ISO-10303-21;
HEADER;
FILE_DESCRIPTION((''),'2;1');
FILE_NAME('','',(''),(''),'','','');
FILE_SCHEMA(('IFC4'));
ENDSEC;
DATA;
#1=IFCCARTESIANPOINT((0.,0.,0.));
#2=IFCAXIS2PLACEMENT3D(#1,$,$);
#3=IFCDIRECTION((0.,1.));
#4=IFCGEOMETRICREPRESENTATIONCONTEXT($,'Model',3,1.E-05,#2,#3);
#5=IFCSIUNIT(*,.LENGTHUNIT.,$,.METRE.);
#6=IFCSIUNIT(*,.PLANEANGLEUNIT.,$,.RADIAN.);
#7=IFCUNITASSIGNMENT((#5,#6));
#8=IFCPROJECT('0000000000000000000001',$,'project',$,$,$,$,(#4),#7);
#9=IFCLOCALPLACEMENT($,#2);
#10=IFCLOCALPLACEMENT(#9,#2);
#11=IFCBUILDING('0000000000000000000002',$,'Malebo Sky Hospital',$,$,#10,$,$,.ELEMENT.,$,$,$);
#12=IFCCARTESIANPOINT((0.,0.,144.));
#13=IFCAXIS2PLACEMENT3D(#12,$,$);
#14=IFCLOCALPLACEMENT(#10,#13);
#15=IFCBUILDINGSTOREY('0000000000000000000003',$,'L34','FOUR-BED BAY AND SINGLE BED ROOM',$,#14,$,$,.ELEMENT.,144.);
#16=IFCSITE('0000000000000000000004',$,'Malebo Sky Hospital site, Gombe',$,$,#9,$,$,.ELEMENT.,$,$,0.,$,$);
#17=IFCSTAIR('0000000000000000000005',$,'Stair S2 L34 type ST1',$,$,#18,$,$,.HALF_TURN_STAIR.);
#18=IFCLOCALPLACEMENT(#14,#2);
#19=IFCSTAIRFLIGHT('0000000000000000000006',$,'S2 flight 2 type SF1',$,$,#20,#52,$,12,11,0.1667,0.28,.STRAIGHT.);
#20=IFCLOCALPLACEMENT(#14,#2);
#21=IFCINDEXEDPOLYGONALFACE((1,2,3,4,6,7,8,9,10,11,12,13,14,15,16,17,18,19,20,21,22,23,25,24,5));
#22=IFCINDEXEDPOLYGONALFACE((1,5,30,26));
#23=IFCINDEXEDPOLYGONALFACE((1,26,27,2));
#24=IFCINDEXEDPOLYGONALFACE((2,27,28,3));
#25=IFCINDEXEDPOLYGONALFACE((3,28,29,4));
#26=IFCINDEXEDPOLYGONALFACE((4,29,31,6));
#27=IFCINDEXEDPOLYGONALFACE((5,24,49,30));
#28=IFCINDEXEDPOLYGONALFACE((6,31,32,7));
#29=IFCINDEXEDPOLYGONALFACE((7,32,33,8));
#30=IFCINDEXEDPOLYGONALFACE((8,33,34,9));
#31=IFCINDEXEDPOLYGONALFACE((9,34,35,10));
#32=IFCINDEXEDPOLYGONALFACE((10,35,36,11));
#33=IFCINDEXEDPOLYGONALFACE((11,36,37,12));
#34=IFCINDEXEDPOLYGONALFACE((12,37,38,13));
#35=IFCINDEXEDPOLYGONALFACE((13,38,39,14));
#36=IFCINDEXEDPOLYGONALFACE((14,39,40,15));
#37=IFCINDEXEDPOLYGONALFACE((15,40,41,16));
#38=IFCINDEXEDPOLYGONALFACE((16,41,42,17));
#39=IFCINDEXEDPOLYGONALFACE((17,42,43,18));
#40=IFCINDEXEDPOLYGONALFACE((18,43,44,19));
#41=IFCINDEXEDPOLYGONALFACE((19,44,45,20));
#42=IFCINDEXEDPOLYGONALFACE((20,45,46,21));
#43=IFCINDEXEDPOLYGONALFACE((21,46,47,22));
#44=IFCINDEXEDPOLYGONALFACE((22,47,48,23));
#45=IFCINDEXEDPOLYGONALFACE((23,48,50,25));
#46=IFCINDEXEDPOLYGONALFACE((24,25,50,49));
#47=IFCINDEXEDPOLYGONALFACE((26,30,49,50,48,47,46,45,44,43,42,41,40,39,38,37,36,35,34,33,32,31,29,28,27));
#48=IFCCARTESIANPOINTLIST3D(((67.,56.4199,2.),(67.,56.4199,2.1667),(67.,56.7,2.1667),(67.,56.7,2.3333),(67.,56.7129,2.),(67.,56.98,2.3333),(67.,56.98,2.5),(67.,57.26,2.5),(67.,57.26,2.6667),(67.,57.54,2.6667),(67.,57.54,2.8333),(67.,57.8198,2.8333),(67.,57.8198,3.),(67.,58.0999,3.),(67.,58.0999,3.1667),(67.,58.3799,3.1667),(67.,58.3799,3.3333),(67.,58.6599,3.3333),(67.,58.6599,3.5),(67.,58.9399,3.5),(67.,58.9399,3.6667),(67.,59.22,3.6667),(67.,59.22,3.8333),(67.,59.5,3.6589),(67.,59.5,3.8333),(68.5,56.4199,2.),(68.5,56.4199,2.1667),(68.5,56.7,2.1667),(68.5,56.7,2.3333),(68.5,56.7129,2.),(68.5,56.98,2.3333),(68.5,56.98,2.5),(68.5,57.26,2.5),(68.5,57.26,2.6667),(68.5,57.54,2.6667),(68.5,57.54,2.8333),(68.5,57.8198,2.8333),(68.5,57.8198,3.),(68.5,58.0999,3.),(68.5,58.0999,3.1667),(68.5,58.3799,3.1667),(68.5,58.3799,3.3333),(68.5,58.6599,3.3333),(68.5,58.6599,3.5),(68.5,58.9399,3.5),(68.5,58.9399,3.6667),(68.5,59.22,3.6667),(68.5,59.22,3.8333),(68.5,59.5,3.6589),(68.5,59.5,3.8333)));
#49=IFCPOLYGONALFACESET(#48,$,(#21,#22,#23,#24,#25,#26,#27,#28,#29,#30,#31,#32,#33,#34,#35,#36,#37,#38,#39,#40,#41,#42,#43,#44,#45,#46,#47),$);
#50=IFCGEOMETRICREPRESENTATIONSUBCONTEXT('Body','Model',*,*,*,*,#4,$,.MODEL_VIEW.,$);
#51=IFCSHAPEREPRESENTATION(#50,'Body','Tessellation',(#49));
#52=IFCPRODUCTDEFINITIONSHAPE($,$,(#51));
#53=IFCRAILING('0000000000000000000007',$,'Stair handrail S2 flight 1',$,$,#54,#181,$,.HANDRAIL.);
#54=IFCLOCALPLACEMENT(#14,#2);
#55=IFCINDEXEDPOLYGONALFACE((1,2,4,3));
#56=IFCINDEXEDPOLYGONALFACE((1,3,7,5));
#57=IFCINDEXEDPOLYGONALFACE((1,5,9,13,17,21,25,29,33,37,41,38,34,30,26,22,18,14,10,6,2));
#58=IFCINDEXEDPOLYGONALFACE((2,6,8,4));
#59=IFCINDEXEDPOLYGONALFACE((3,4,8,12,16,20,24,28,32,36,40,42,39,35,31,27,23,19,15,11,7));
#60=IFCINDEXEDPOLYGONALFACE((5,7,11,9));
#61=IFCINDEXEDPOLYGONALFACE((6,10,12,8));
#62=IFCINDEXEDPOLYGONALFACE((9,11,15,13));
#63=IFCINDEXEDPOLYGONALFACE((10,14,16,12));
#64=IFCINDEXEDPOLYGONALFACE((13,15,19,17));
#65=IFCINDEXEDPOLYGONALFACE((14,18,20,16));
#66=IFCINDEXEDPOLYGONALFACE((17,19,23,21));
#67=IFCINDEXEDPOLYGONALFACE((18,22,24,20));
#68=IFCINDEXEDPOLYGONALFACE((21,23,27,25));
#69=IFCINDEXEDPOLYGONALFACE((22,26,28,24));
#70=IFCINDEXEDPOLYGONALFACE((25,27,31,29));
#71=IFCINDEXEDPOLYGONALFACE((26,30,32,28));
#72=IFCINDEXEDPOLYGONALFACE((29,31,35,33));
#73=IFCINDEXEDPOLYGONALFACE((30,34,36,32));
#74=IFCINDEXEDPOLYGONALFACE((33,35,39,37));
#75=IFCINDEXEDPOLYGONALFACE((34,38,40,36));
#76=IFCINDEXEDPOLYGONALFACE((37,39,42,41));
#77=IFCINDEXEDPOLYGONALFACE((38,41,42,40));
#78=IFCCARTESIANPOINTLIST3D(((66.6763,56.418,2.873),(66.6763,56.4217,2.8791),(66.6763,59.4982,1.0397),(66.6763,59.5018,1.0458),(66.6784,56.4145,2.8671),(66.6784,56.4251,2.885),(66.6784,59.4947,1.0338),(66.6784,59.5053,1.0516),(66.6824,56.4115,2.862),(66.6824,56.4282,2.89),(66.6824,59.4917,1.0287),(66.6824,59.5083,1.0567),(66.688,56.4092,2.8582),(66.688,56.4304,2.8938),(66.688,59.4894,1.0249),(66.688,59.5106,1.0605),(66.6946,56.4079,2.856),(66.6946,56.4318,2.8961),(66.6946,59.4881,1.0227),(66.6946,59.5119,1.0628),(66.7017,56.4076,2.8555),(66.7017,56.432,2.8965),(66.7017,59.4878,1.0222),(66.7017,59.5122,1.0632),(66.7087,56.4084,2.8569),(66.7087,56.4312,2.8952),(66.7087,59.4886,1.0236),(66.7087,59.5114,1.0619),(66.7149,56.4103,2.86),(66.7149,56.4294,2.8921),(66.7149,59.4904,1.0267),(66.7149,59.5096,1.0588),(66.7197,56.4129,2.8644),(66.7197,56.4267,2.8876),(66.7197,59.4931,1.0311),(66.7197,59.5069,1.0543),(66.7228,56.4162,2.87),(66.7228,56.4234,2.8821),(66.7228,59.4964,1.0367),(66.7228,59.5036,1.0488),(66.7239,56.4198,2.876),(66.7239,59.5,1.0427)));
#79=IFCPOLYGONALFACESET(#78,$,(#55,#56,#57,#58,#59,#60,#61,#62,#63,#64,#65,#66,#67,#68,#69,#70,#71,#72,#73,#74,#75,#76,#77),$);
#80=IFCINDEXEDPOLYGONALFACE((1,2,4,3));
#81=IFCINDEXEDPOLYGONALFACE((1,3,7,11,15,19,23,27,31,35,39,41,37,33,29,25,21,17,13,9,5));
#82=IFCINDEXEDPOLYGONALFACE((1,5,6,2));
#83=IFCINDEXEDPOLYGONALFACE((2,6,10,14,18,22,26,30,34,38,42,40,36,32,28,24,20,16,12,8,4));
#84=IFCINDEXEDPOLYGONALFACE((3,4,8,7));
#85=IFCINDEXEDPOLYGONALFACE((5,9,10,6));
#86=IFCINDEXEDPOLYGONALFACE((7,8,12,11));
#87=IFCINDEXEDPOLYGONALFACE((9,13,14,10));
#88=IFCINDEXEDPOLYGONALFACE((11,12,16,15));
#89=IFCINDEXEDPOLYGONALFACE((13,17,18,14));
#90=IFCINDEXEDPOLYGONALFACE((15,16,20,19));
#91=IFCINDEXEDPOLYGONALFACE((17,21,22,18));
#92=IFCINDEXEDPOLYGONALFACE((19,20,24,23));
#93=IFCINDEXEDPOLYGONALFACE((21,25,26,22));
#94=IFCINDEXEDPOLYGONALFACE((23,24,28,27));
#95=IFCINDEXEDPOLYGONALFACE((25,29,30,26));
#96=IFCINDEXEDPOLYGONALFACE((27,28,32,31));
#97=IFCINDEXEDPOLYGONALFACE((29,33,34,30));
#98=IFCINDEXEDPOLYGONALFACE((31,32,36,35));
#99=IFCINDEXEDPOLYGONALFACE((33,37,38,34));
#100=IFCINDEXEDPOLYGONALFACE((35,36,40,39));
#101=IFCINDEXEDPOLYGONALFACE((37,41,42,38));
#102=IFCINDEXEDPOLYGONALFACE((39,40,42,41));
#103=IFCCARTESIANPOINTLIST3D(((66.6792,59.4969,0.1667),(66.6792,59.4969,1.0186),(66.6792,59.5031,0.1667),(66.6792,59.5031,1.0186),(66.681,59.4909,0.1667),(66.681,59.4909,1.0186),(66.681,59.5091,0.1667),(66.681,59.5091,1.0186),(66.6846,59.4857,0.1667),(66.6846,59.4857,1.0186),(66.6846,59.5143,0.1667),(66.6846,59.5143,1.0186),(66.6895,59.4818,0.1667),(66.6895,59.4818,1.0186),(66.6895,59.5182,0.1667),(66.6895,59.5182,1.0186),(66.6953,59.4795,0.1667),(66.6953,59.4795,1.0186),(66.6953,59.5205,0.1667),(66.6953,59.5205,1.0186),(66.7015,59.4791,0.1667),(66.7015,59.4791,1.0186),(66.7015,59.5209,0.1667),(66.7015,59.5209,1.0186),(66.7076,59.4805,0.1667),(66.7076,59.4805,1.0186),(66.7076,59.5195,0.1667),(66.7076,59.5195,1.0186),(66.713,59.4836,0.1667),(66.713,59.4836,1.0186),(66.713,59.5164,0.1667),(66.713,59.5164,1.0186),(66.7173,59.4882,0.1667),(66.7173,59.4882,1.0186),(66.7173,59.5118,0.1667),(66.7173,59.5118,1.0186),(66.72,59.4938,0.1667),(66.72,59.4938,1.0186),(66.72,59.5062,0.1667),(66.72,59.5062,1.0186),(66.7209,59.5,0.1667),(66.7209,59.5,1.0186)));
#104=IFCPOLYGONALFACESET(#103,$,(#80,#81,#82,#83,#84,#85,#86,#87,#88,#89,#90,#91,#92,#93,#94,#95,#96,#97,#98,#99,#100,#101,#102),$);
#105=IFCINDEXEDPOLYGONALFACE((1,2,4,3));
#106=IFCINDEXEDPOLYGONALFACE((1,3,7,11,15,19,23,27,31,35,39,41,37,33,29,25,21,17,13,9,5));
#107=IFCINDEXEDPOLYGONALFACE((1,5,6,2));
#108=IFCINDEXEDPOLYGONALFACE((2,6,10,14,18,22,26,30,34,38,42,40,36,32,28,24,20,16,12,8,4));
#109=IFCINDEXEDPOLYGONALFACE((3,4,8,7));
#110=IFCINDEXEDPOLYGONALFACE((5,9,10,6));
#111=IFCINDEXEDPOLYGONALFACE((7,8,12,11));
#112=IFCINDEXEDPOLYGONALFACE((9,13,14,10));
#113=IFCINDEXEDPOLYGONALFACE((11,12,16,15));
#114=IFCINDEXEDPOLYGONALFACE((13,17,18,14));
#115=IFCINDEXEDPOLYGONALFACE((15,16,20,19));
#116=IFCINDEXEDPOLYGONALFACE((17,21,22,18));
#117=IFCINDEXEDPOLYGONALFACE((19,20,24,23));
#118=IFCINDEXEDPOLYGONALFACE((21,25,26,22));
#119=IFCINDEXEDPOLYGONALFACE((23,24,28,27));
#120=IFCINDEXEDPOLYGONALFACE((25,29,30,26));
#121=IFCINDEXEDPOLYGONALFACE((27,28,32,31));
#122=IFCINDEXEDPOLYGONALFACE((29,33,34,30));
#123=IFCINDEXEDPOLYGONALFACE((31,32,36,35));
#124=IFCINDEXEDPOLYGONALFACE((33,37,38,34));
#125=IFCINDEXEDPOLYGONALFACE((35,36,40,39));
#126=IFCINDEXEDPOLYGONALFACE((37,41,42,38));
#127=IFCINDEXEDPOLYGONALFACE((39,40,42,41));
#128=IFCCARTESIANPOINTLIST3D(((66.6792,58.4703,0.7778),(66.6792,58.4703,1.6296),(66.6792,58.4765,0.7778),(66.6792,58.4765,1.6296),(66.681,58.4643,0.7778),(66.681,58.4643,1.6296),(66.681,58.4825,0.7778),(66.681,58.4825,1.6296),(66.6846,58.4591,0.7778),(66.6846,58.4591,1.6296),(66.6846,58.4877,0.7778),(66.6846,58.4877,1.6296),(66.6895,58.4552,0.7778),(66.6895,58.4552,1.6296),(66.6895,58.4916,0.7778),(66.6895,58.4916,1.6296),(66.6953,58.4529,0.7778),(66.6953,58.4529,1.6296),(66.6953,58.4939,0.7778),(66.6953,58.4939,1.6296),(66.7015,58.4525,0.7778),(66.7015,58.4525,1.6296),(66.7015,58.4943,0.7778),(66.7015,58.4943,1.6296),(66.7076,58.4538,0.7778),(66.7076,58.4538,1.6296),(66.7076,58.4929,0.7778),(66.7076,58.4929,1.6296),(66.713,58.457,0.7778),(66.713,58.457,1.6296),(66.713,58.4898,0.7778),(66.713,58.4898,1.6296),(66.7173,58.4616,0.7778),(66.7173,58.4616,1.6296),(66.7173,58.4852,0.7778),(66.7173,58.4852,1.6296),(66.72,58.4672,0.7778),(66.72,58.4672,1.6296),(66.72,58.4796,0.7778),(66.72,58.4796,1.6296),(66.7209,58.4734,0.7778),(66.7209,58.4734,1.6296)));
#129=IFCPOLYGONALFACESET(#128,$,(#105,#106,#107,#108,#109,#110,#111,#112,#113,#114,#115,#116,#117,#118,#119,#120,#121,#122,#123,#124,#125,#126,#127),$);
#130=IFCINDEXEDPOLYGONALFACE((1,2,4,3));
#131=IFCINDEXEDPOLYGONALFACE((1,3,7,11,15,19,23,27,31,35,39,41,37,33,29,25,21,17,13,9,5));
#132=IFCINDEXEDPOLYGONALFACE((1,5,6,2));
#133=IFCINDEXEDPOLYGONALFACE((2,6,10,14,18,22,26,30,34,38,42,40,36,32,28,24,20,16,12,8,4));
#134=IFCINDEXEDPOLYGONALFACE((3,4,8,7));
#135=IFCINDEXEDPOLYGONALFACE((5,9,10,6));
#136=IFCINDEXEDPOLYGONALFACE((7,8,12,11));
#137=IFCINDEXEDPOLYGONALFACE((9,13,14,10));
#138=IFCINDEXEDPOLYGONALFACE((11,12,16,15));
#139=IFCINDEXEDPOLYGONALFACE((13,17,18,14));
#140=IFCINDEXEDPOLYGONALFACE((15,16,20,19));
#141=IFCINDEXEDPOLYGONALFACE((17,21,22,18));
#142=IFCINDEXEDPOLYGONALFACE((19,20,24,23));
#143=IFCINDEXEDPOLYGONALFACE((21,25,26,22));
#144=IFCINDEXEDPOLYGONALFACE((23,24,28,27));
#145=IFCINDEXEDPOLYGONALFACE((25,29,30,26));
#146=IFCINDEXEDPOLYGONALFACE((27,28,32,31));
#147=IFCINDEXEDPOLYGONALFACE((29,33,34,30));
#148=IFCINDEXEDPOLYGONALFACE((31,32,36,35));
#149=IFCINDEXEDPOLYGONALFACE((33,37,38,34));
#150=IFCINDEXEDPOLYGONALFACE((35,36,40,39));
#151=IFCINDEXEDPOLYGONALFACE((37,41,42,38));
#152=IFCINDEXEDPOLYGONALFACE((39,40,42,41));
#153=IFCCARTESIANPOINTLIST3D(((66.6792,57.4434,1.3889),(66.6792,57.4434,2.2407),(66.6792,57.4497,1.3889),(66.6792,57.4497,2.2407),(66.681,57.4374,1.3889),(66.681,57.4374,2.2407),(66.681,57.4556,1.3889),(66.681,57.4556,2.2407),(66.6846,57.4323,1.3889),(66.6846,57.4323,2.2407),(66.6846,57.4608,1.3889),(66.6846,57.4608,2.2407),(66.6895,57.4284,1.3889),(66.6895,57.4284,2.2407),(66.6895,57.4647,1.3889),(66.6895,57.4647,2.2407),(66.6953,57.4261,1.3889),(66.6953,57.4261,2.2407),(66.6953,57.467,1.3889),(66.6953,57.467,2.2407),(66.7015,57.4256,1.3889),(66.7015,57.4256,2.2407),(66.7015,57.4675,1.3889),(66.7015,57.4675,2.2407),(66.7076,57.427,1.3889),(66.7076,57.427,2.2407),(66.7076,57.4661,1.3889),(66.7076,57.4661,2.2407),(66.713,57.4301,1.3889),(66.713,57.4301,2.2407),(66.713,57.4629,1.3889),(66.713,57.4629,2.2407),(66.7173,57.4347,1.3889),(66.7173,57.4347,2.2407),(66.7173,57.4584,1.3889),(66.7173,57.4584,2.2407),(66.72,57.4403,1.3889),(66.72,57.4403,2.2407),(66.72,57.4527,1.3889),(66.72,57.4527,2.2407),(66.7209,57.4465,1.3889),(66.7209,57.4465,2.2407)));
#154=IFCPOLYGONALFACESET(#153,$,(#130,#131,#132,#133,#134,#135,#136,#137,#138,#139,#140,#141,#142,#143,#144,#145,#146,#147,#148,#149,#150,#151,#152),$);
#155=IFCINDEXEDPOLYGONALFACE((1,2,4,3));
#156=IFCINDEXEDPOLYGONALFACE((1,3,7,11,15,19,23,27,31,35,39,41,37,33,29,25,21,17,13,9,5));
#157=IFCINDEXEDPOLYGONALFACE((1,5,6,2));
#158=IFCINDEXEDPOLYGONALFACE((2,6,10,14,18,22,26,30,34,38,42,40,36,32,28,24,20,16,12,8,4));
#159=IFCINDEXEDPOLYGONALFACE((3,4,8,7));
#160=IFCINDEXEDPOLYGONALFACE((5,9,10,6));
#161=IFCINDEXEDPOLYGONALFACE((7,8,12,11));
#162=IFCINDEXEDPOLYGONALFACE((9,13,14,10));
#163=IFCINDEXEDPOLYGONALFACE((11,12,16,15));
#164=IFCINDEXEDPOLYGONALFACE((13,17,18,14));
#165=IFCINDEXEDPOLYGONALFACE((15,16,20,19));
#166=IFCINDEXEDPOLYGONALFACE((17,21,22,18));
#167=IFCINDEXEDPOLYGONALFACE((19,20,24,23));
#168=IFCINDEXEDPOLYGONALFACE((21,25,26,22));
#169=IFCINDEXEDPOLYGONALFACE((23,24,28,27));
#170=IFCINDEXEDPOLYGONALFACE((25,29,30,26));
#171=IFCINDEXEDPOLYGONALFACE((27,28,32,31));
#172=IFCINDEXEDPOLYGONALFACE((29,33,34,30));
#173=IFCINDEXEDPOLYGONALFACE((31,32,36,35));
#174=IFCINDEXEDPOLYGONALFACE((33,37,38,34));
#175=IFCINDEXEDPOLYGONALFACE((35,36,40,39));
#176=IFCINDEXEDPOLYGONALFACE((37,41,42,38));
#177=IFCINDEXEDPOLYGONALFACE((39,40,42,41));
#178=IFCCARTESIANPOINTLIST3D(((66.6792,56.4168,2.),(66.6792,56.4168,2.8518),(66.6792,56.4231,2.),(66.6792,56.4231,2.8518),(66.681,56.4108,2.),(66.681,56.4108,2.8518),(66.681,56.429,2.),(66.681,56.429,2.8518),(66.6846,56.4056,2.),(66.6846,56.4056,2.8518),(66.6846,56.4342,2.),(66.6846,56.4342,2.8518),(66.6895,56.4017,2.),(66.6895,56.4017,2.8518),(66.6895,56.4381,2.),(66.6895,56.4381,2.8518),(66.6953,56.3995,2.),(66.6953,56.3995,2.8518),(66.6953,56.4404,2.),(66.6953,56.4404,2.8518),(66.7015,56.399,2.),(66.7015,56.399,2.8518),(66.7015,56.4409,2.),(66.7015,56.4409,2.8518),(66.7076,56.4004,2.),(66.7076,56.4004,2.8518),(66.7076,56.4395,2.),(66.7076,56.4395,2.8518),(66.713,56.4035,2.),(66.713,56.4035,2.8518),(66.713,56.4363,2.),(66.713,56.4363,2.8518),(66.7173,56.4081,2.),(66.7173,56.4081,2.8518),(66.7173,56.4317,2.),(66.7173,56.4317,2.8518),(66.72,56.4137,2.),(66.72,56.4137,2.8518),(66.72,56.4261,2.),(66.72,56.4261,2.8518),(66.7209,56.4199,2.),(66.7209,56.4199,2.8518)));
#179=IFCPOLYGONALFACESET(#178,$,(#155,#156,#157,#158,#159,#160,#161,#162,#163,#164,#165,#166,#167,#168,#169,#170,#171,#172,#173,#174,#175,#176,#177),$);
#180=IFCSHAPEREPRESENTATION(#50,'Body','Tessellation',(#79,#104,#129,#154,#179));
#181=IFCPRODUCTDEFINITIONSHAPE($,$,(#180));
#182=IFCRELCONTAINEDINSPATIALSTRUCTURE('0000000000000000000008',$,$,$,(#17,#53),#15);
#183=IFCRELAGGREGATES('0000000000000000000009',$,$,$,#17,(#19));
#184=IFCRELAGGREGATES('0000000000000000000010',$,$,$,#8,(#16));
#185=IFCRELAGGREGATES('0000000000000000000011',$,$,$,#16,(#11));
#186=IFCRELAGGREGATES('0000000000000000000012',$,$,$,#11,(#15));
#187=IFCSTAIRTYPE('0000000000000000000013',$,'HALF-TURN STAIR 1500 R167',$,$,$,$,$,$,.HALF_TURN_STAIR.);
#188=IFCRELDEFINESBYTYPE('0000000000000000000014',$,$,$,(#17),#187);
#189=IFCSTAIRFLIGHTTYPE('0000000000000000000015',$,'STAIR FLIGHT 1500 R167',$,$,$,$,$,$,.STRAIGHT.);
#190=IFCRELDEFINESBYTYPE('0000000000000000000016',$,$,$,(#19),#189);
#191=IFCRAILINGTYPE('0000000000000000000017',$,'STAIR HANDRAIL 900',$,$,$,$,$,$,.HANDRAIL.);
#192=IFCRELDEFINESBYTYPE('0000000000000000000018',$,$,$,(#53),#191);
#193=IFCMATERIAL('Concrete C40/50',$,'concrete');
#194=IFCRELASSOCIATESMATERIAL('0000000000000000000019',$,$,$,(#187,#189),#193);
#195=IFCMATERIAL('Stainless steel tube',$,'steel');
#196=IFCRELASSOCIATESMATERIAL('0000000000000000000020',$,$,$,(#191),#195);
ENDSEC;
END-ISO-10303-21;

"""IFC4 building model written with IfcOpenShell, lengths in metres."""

from ifc_helpers import new_model, si_unit, direction, frame, origin, origin_2d, place, context, subcontext, project, spatial, polyline, circle, outline, extrude, material, type_object, element, aggregate, save


model = new_model("IFC4")

# Units and contexts
model_context = context("Model", 3, precision=1e-05, world=origin(), true_north=direction((0.0, 1.0)))
body_context = subcontext(model_context, "Body", "Model", "MODEL_VIEW")
ifc_project = project(units=[si_unit("LENGTHUNIT", "METRE"), si_unit("PLANEANGLEUNIT", "RADIAN")], contexts=[model_context])

# Site, building, storey
site_placement = place(None, origin())
site = spatial("IfcSite", under=ifc_project, at=site_placement, Name="Malebo Sky Hospital site, Gombe", CompositionType="ELEMENT", RefElevation=0.0)
building_placement = place(site_placement, origin())
building = spatial("IfcBuilding", under=site, at=building_placement, Name="Malebo Sky Hospital", CompositionType="ELEMENT")
storey_placement = place(building_placement, frame((0.0, 0.0, 144.0)))
storey = spatial("IfcBuildingStorey", under=building, at=storey_placement, Name="L34", Description="FOUR-BED BAY AND SINGLE BED ROOM", CompositionType="ELEMENT", Elevation=144.0)

# Stair, stair flight
ifc_material_1 = material(Name="Concrete C40/50", Category="concrete")
stair_type = type_object("IfcStairType", Name="HALF-TURN STAIR 1500 R167", PredefinedType="HALF_TURN_STAIR", material=ifc_material_1)
stair_placement = place(storey_placement, origin())
stair = element("IfcStair", 1, at=stair_placement, inside=storey, type_object=stair_type, Name="Stair S2 L34 type ST1", PredefinedType="HALF_TURN_STAIR")
stair_flight_type = type_object("IfcStairFlightType", Name="STAIR FLIGHT 1500 R167", PredefinedType="STRAIGHT", material=ifc_material_1)
stair_flight_1_placement = place(storey_placement, frame((67.75, 56.4199, 2.0), z_axis=(0.0, 0.0, 1.0), x_axis=(0.0, 1.0, 0.0)))
stair_flight_1 = element("IfcStairFlight", 2, at=stair_flight_1_placement, type_object=stair_flight_type, Name="S2 flight 2 type SF1", NumberOfRisers=12, NumberOfTreads=11, PredefinedType="STRAIGHT", RiserHeight=0.1667, TreadLength=0.28, context=body_context, shape_type="SweptSolid", body=[
    extrude(outline(polyline([(0.0, 0.0), (0.0, 0.1667), (0.28, 0.1667), (0.28, 0.3333), (0.5601, 0.3333), (0.5601, 0.5), (0.8401, 0.5), (0.8401, 0.6667), (1.1201, 0.6667), (1.1201, 0.8333), (1.3999, 0.8333), (1.3999, 1.0), (1.6799, 1.0), (1.6799, 1.1667), (1.96, 1.1667), (1.96, 1.3333), (2.24, 1.3333), (2.24, 1.5), (2.52, 1.5), (2.52, 1.6667), (2.8, 1.6667), (2.8, 1.8333), (3.0801, 1.8333), (3.0801, 2.0), (3.0801, 1.6589), (0.293, 0.0), (0.0, 0.0)])), frame((0.0, 0.75, 0.0), z_axis=(0.0, -1.0, 0.0), x_axis=(1.0, 0.0, 0.0)), (0.0, 0.0, 1.0), 1.5),
])
aggregate(stair, [stair_flight_1])

# Railing
ifc_material_2 = material(Name="Stainless steel tube", Category="steel")
railing_type = type_object("IfcRailingType", Name="STAIR HANDRAIL 900", PredefinedType="HANDRAIL", material=ifc_material_2)
railing_1_placement = place(storey_placement, frame((66.7, 59.5, 0.1667)))
element("IfcRailing", 3, at=railing_1_placement, inside=storey, type_object=railing_type, Name="Stair handrail S2 flight 1", PredefinedType="HANDRAIL", context=body_context, shape_type="SweptSolid", body=[
    extrude(circle(Radius=0.0239, at=origin_2d()), frame((0.0, 0.0, 0.876), z_axis=(0.0, -0.859309, 0.511458), x_axis=(1.0, 0.0, 0.0)), (0.0, 0.0, 1.0), 3.5845),
    extrude(circle(Radius=0.021, at=origin_2d()), origin(), (0.0, 0.0, 1.0), 0.8518),
    extrude(circle(Radius=0.021, at=origin_2d()), frame((0.0, -1.0266, 0.6111)), (0.0, 0.0, 1.0), 0.8518),
    extrude(circle(Radius=0.021, at=origin_2d()), frame((0.0, -2.0535, 1.2222)), (0.0, 0.0, 1.0), 0.8518),
    extrude(circle(Radius=0.021, at=origin_2d()), frame((0.0, -3.0801, 1.8333)), (0.0, 0.0, 1.0), 0.8518),
])

save(model, "model.ifc")
